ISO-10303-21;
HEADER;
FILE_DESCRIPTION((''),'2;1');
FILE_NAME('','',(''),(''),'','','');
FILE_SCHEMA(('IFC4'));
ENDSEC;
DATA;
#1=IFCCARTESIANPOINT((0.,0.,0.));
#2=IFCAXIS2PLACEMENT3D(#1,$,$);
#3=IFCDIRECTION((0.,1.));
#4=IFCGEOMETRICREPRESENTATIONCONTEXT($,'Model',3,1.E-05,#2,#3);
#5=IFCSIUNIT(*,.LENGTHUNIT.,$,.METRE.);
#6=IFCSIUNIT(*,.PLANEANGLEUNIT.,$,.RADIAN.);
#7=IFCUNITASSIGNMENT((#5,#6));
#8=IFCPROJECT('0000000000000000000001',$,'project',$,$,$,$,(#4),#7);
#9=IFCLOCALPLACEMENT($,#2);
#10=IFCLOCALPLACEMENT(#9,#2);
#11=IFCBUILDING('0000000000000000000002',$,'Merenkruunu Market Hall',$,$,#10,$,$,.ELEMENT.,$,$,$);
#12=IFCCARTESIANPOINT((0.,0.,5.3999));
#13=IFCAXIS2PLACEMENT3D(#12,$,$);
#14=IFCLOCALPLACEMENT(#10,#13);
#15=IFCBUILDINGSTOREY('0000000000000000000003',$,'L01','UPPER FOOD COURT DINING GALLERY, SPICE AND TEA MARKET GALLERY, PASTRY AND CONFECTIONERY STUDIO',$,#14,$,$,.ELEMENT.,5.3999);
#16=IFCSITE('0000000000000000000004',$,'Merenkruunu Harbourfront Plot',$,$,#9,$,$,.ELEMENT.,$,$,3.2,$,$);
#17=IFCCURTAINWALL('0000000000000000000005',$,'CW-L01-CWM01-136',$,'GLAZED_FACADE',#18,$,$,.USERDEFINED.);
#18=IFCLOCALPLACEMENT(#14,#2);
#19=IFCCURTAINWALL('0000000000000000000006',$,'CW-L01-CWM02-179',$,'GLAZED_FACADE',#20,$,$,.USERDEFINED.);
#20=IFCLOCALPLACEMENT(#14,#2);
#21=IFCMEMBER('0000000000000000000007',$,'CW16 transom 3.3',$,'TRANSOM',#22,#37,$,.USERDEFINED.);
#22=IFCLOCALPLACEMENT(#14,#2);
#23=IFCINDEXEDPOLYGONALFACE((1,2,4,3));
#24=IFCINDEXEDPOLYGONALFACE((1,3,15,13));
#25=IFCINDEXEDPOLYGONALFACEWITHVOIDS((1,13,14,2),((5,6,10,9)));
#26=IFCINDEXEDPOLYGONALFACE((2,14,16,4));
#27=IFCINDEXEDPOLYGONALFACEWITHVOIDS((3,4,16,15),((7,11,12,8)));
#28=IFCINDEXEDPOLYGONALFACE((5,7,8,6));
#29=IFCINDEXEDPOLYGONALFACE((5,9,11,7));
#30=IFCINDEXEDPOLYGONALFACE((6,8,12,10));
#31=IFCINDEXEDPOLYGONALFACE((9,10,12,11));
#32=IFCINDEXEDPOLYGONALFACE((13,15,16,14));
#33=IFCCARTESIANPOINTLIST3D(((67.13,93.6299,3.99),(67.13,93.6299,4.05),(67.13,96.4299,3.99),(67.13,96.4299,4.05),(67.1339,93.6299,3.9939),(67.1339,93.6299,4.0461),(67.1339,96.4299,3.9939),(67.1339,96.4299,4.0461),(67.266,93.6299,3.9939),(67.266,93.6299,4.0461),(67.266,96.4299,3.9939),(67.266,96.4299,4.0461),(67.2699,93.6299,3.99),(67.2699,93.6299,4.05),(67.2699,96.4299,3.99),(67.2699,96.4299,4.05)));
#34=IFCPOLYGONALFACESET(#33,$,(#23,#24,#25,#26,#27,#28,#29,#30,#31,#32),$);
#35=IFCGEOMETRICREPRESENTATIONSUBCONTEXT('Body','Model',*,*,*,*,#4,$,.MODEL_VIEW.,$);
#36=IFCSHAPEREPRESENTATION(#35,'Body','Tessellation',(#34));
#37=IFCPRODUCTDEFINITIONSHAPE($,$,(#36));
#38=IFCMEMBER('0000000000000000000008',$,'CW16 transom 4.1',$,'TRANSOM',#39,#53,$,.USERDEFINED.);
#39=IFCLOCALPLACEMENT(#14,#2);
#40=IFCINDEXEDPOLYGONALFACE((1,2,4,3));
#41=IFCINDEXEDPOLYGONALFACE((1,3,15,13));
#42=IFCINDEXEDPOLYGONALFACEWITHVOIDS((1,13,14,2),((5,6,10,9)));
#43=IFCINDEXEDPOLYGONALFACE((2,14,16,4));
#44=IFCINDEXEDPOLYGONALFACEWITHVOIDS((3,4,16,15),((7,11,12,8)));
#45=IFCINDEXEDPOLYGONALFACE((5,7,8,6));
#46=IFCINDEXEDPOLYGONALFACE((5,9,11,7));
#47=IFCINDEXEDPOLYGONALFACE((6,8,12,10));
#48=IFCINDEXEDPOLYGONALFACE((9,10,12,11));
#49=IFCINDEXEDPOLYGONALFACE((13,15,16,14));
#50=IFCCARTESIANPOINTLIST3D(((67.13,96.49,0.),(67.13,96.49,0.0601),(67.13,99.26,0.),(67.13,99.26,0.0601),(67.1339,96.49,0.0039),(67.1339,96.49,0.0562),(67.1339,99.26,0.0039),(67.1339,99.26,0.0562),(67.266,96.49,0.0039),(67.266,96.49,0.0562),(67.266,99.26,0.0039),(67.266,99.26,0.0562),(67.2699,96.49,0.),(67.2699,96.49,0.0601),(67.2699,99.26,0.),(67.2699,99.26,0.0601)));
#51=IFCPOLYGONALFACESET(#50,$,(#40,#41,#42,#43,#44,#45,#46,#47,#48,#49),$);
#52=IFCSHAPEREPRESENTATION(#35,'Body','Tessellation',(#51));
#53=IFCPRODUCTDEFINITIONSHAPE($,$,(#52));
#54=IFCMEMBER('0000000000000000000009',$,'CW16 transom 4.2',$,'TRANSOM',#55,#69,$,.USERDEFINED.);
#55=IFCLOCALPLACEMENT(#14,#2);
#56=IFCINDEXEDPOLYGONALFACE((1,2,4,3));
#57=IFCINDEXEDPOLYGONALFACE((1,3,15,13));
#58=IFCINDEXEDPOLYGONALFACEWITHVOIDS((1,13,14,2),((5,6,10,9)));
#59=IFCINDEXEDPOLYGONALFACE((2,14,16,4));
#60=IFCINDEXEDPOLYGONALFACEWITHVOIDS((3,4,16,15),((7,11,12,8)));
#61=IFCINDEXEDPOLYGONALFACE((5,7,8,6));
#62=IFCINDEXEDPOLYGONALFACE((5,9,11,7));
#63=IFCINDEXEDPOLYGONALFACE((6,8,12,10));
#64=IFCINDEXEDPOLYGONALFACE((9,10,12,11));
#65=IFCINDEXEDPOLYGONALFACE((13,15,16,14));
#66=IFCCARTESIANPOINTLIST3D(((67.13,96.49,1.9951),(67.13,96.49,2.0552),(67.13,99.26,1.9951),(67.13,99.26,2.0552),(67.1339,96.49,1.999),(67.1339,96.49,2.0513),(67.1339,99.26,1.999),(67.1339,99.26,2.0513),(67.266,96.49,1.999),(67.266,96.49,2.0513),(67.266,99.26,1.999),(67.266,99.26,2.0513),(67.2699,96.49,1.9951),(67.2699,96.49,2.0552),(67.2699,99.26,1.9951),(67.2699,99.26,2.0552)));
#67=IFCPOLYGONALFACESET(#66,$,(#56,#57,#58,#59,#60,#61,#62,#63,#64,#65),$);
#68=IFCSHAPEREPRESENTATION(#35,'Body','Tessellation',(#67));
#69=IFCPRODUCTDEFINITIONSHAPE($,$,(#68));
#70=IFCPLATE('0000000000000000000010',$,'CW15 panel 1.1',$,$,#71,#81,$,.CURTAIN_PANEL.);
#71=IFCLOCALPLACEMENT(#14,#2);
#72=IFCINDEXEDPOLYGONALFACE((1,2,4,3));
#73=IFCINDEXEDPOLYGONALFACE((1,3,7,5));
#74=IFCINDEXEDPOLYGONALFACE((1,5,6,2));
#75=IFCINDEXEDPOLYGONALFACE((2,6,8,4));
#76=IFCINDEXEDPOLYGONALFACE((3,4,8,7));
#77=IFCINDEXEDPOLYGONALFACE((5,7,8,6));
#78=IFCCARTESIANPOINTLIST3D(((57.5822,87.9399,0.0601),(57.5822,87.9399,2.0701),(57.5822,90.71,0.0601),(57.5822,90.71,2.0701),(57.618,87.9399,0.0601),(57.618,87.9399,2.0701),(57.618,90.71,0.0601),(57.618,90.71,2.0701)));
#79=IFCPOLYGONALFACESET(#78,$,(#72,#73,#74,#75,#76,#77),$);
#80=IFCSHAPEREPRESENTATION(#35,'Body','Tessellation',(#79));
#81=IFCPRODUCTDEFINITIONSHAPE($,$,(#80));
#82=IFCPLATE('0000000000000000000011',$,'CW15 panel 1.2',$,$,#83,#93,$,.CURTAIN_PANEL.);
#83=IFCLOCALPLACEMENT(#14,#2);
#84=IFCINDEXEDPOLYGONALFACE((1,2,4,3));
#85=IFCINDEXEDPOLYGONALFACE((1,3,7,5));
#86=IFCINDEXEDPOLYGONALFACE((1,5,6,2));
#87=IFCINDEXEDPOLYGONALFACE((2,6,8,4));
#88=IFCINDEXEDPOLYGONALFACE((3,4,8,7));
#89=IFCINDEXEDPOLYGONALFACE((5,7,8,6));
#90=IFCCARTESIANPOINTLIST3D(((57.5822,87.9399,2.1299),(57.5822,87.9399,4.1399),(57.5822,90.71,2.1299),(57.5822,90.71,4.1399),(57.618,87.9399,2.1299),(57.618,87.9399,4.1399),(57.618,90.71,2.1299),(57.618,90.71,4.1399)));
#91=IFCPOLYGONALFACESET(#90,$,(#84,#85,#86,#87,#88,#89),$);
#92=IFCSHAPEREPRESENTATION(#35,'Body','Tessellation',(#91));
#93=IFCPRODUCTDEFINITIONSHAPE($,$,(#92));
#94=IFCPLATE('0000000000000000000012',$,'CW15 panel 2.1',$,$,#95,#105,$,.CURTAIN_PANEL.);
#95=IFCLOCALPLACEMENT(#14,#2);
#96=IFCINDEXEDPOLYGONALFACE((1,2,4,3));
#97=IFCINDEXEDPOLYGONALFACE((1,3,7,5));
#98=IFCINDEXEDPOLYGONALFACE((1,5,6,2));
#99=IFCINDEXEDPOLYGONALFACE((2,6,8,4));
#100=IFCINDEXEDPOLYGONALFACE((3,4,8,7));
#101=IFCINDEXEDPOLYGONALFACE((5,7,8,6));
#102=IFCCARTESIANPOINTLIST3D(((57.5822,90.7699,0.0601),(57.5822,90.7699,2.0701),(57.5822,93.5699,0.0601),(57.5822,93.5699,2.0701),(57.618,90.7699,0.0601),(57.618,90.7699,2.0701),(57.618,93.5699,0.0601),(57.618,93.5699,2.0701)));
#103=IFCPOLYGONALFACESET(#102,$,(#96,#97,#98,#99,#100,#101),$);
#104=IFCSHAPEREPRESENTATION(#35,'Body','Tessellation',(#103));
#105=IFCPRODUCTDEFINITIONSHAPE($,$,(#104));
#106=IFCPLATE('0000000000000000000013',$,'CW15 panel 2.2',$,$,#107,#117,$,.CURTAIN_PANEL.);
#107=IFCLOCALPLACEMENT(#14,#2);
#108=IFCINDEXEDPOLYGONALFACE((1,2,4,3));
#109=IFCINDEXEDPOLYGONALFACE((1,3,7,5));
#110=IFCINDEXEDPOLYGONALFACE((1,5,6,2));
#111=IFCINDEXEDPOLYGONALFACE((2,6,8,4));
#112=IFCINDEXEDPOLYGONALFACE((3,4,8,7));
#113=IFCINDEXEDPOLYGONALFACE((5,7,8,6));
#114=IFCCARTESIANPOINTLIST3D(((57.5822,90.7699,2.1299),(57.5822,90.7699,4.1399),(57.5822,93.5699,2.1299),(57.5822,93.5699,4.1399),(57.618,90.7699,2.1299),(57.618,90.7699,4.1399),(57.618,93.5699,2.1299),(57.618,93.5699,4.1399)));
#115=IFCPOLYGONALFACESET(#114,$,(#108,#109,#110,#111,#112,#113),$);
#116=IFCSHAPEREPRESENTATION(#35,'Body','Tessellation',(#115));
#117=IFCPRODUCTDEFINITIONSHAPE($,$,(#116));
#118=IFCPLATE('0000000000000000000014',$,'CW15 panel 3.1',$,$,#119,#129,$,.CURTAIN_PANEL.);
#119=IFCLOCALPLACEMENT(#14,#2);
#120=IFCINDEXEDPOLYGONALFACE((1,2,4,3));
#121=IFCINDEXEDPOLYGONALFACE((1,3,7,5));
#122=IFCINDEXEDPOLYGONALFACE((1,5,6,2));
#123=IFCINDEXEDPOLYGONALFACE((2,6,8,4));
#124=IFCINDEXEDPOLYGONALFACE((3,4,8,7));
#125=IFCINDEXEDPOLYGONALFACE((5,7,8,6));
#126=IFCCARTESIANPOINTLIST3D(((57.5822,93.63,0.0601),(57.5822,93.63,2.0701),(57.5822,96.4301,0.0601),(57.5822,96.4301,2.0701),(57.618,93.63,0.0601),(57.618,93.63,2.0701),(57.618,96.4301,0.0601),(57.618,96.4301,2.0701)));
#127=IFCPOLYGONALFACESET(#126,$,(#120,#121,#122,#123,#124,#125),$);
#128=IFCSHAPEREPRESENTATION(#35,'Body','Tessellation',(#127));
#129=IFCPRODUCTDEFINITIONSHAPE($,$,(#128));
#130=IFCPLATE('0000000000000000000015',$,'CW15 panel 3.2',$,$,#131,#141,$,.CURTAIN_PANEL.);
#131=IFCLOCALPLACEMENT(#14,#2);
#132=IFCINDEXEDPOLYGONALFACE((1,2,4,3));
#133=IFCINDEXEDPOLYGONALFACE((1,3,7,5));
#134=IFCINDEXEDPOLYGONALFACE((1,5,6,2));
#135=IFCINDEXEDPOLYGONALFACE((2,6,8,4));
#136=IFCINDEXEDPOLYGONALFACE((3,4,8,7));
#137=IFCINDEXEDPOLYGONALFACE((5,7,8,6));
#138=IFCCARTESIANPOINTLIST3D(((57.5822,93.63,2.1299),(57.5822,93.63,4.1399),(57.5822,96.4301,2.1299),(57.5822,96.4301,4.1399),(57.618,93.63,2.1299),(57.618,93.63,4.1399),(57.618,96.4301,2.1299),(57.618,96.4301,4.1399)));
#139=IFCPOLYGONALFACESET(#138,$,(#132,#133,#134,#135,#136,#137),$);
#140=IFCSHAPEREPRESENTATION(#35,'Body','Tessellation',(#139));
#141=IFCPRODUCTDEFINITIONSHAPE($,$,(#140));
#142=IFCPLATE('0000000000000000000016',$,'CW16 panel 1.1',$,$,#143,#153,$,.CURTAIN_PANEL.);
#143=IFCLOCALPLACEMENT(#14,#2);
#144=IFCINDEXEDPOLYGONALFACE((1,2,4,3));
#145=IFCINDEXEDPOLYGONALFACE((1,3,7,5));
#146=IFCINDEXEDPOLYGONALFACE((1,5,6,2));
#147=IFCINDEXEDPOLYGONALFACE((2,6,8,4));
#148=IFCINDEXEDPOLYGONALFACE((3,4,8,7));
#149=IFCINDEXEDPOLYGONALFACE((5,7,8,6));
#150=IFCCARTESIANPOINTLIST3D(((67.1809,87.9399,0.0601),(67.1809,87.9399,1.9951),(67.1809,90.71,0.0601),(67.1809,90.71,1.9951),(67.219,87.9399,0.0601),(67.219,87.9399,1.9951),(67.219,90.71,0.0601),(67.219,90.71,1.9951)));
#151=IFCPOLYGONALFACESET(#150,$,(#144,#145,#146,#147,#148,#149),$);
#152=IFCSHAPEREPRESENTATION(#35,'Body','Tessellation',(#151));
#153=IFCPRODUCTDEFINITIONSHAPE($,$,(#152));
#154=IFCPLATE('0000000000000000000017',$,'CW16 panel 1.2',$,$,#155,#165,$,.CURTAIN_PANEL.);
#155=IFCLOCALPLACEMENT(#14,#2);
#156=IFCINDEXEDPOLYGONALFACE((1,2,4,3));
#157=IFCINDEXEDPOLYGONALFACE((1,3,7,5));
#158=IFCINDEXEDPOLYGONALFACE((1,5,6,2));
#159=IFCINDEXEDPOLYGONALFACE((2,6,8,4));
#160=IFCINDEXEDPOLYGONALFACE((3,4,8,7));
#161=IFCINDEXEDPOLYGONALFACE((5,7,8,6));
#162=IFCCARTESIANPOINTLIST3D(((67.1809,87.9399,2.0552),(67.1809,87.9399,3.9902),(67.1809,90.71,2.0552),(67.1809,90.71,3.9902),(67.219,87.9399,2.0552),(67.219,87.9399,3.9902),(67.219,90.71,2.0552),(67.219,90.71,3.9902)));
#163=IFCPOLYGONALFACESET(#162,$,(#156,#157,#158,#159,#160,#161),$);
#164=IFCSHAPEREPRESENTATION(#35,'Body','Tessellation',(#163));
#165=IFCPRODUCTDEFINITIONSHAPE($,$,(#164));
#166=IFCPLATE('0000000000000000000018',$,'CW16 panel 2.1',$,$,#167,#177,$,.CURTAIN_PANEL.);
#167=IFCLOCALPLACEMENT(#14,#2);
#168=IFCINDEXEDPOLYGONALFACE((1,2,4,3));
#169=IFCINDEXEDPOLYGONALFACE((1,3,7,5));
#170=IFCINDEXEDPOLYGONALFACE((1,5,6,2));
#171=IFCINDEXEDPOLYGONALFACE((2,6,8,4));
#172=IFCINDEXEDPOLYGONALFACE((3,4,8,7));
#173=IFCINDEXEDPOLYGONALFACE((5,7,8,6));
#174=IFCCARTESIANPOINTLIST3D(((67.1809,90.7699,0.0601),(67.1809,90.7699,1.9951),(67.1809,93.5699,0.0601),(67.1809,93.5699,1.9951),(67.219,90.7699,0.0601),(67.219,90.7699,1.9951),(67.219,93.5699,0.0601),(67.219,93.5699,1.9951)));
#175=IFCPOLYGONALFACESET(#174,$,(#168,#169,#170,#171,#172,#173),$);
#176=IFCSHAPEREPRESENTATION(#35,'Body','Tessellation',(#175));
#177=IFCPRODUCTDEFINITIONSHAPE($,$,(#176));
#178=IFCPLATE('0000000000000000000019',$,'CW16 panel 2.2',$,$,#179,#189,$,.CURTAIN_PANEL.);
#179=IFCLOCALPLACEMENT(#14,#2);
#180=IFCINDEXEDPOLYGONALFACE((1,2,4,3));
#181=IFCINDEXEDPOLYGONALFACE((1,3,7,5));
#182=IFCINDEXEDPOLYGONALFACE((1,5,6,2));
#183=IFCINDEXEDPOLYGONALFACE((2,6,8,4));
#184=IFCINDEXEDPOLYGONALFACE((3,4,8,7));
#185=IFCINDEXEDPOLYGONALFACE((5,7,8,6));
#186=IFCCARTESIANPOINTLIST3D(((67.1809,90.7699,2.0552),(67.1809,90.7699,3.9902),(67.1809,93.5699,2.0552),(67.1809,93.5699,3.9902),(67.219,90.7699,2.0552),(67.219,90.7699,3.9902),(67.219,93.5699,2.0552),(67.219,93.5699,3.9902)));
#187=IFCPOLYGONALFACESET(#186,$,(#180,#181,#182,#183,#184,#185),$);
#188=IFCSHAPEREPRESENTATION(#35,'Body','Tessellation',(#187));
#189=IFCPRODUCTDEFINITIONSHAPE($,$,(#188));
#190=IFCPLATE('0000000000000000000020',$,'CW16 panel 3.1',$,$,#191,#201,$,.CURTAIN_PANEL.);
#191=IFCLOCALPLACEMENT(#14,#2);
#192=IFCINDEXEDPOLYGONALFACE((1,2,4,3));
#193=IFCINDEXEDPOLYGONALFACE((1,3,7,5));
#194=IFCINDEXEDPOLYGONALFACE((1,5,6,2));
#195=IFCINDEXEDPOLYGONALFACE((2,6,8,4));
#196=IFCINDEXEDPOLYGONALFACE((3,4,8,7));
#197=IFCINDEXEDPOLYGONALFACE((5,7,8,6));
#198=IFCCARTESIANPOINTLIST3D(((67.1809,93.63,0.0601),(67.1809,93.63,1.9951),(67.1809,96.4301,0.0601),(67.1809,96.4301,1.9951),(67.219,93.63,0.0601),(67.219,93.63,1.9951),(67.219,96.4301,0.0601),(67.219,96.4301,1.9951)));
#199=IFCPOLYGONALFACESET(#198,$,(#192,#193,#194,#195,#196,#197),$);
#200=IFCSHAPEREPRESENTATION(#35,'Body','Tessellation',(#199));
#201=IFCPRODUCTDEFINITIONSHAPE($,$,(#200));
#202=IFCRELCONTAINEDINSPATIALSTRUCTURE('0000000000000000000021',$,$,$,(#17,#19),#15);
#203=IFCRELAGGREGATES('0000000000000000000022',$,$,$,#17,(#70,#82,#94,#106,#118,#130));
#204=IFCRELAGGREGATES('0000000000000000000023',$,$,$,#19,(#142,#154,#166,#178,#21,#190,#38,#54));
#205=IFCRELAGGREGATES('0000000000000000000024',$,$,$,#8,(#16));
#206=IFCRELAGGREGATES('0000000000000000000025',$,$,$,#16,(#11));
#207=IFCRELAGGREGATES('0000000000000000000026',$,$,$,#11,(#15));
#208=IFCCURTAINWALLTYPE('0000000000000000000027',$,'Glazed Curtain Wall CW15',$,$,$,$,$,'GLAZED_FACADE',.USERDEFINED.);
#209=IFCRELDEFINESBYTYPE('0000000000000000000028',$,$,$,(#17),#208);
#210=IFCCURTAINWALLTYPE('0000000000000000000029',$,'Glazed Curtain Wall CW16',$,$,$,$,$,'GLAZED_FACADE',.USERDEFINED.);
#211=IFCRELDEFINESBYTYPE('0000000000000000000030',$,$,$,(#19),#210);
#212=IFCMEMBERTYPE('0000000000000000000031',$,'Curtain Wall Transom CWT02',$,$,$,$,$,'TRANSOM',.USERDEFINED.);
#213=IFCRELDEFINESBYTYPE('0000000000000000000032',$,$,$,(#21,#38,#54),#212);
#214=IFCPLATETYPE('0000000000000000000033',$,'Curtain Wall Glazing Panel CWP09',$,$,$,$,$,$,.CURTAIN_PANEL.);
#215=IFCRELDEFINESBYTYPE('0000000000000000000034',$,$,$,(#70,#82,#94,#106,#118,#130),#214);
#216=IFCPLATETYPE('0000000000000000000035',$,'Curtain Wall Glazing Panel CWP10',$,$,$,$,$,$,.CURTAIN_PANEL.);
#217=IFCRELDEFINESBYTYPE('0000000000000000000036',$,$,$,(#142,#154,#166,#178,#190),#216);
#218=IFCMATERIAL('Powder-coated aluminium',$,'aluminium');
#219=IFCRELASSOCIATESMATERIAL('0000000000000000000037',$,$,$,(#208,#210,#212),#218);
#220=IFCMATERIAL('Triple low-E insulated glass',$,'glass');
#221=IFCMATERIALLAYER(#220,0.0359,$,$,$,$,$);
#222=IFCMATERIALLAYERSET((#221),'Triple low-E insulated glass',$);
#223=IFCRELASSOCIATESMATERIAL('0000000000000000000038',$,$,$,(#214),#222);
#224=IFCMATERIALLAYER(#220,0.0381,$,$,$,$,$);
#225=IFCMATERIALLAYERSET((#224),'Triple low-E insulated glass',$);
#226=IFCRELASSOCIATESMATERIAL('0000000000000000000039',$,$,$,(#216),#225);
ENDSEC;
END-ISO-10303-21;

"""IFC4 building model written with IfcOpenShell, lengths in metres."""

from ifc_helpers import new_model, si_unit, direction, frame, origin, origin_2d, place, context, subcontext, project, spatial, rectangle, hollow_rectangle, extrude, material, layer, layer_set, material_profile, profile_set, type_object, element, aggregate, save


model = new_model("IFC4")

# Units and contexts
model_context = context("Model", 3, precision=1e-05, world=origin(), true_north=direction((0.0, 1.0)))
body_context = subcontext(model_context, "Body", "Model", "MODEL_VIEW")
ifc_project = project(units=[si_unit("LENGTHUNIT", "METRE"), si_unit("PLANEANGLEUNIT", "RADIAN")], contexts=[model_context])

# Site, building, storey
site_placement = place(None, origin())
site = spatial("IfcSite", under=ifc_project, at=site_placement, Name="Merenkruunu Harbourfront Plot", CompositionType="ELEMENT", RefElevation=3.2)
building_placement = place(site_placement, origin())
building = spatial("IfcBuilding", under=site, at=building_placement, Name="Merenkruunu Market Hall", CompositionType="ELEMENT")
storey_placement = place(building_placement, frame((0.0, 0.0, 5.3999)))
storey = spatial("IfcBuildingStorey", under=building, at=storey_placement, Name="L01", Description="UPPER FOOD COURT DINING GALLERY, SPICE AND TEA MARKET GALLERY, PASTRY AND CONFECTIONERY STUDIO", CompositionType="ELEMENT", Elevation=5.3999)

# Curtain walls
ifc_material_1 = material(Name="Powder-coated aluminium", Category="aluminium")
curtain_wall_type_1 = type_object("IfcCurtainWallType", Name="Glazed Curtain Wall CW15", ElementType="GLAZED_FACADE", PredefinedType="USERDEFINED", material=ifc_material_1)
curtain_wall_1_placement = place(storey_placement, origin())
curtain_wall_1 = element("IfcCurtainWall", 1, at=curtain_wall_1_placement, inside=storey, type_object=curtain_wall_type_1, Name="CW-L01-CWM01-136", ObjectType="GLAZED_FACADE", PredefinedType="USERDEFINED")
curtain_wall_type_2 = type_object("IfcCurtainWallType", Name="Glazed Curtain Wall CW16", ElementType="GLAZED_FACADE", PredefinedType="USERDEFINED", material=ifc_material_1)
curtain_wall_2_placement = place(storey_placement, origin())
curtain_wall_2 = element("IfcCurtainWall", 2, at=curtain_wall_2_placement, inside=storey, type_object=curtain_wall_type_2, Name="CW-L01-CWM02-179", ObjectType="GLAZED_FACADE", PredefinedType="USERDEFINED")

# Members
ifc_material_profile_1 = material_profile(ifc_material_1, hollow_rectangle(XDim=0.0601, YDim=0.1399, WallThickness=0.0039, at=origin_2d()), Name="ALU 60x140x4")
ifc_profile_set_1 = profile_set([ifc_material_profile_1], Name="Powder-coated aluminium")
member_type_1 = type_object("IfcMemberType", Name="Curtain Wall Transom CWT02", ElementType="TRANSOM", PredefinedType="USERDEFINED", material=ifc_profile_set_1)
member_1_placement = place(storey_placement, frame((67.2, 93.6299, 4.02), z_axis=(0.0, 1.0, 0.0), x_axis=(0.0, 0.0, 1.0)))
member_1 = element("IfcMember", 3, at=member_1_placement, type_object=member_type_1, Name="CW16 transom 3.3", ObjectType="TRANSOM", PredefinedType="USERDEFINED", context=body_context, shape_type="SweptSolid", body=[
    extrude(hollow_rectangle(XDim=0.0601, YDim=0.1399, WallThickness=0.0039, at=origin_2d()), origin(), (0.0, 0.0, 1.0), 2.8),
])
member_2_placement = place(storey_placement, frame((67.2, 96.49, 0.03), z_axis=(0.0, 1.0, 0.0), x_axis=(0.0, 0.0, 1.0)))
member_2 = element("IfcMember", 4, at=member_2_placement, type_object=member_type_1, Name="CW16 transom 4.1", ObjectType="TRANSOM", PredefinedType="USERDEFINED", context=body_context, shape_type="SweptSolid", body=[
    extrude(hollow_rectangle(XDim=0.0601, YDim=0.1399, WallThickness=0.0039, at=origin_2d()), origin(), (0.0, 0.0, 1.0), 2.77),
])
member_3_placement = place(storey_placement, frame((67.2, 96.49, 2.0251), z_axis=(0.0, 1.0, 0.0), x_axis=(0.0, 0.0, 1.0)))
member_3 = element("IfcMember", 5, at=member_3_placement, type_object=member_type_1, Name="CW16 transom 4.2", ObjectType="TRANSOM", PredefinedType="USERDEFINED", context=body_context, shape_type="SweptSolid", body=[
    extrude(hollow_rectangle(XDim=0.0601, YDim=0.1399, WallThickness=0.0039, at=origin_2d()), origin(), (0.0, 0.0, 1.0), 2.77),
])

# Plates
ifc_material_2 = material(Name="Triple low-E insulated glass", Category="glass")
ifc_layer_1 = layer(ifc_material_2, 0.0359)
ifc_layer_set_1 = layer_set([ifc_layer_1], Name="Triple low-E insulated glass")
plate_type_1 = type_object("IfcPlateType", Name="Curtain Wall Glazing Panel CWP09", PredefinedType="CURTAIN_PANEL", material=ifc_layer_set_1)
plate_1_placement = place(storey_placement, frame((57.6001, 89.325, 0.0601), z_axis=(0.0, 0.0, 1.0), x_axis=(0.0, 1.0, 0.0)))
plate_1 = element("IfcPlate", 6, at=plate_1_placement, type_object=plate_type_1, Name="CW15 panel 1.1", PredefinedType="CURTAIN_PANEL", context=body_context, shape_type="SweptSolid", body=[
    extrude(rectangle(XDim=2.77, YDim=0.0359, at=origin_2d()), origin(), (0.0, 0.0, 1.0), 2.01),
])
plate_2_placement = place(storey_placement, frame((57.6001, 89.325, 2.1299), z_axis=(0.0, 0.0, 1.0), x_axis=(0.0, 1.0, 0.0)))
plate_2 = element("IfcPlate", 7, at=plate_2_placement, type_object=plate_type_1, Name="CW15 panel 1.2", PredefinedType="CURTAIN_PANEL", context=body_context, shape_type="SweptSolid", body=[
    extrude(rectangle(XDim=2.77, YDim=0.0359, at=origin_2d()), origin(), (0.0, 0.0, 1.0), 2.01),
])
plate_3_placement = place(storey_placement, frame((57.6001, 92.1699, 0.0601), z_axis=(0.0, 0.0, 1.0), x_axis=(0.0, 1.0, 0.0)))
plate_3 = element("IfcPlate", 8, at=plate_3_placement, type_object=plate_type_1, Name="CW15 panel 2.1", PredefinedType="CURTAIN_PANEL", context=body_context, shape_type="SweptSolid", body=[
    extrude(rectangle(XDim=2.8, YDim=0.0359, at=origin_2d()), origin(), (0.0, 0.0, 1.0), 2.01),
])
plate_4_placement = place(storey_placement, frame((57.6001, 92.1699, 2.1299), z_axis=(0.0, 0.0, 1.0), x_axis=(0.0, 1.0, 0.0)))
plate_4 = element("IfcPlate", 9, at=plate_4_placement, type_object=plate_type_1, Name="CW15 panel 2.2", PredefinedType="CURTAIN_PANEL", context=body_context, shape_type="SweptSolid", body=[
    extrude(rectangle(XDim=2.8, YDim=0.0359, at=origin_2d()), origin(), (0.0, 0.0, 1.0), 2.01),
])
plate_5_placement = place(storey_placement, frame((57.6001, 95.03, 0.0601), z_axis=(0.0, 0.0, 1.0), x_axis=(0.0, 1.0, 0.0)))
plate_5 = element("IfcPlate", 10, at=plate_5_placement, type_object=plate_type_1, Name="CW15 panel 3.1", PredefinedType="CURTAIN_PANEL", context=body_context, shape_type="SweptSolid", body=[
    extrude(rectangle(XDim=2.8, YDim=0.0359, at=origin_2d()), origin(), (0.0, 0.0, 1.0), 2.01),
])
plate_6_placement = place(storey_placement, frame((57.6001, 95.03, 2.1299), z_axis=(0.0, 0.0, 1.0), x_axis=(0.0, 1.0, 0.0)))
plate_6 = element("IfcPlate", 11, at=plate_6_placement, type_object=plate_type_1, Name="CW15 panel 3.2", PredefinedType="CURTAIN_PANEL", context=body_context, shape_type="SweptSolid", body=[
    extrude(rectangle(XDim=2.8, YDim=0.0359, at=origin_2d()), origin(), (0.0, 0.0, 1.0), 2.01),
])
aggregate(curtain_wall_1, [plate_1, plate_2, plate_3, plate_4, plate_5, plate_6])
ifc_layer_2 = layer(ifc_material_2, 0.0381)
ifc_layer_set_2 = layer_set([ifc_layer_2], Name="Triple low-E insulated glass")
plate_type_2 = type_object("IfcPlateType", Name="Curtain Wall Glazing Panel CWP10", PredefinedType="CURTAIN_PANEL", material=ifc_layer_set_2)
plate_7_placement = place(storey_placement, frame((67.2, 89.325, 0.0601), z_axis=(0.0, 0.0, 1.0), x_axis=(0.0, 1.0, 0.0)))
plate_7 = element("IfcPlate", 12, at=plate_7_placement, type_object=plate_type_2, Name="CW16 panel 1.1", PredefinedType="CURTAIN_PANEL", context=body_context, shape_type="SweptSolid", body=[
    extrude(rectangle(XDim=2.77, YDim=0.0381, at=origin_2d()), origin(), (0.0, 0.0, 1.0), 1.9351),
])
plate_8_placement = place(storey_placement, frame((67.2, 89.325, 2.0552), z_axis=(0.0, 0.0, 1.0), x_axis=(0.0, 1.0, 0.0)))
plate_8 = element("IfcPlate", 13, at=plate_8_placement, type_object=plate_type_2, Name="CW16 panel 1.2", PredefinedType="CURTAIN_PANEL", context=body_context, shape_type="SweptSolid", body=[
    extrude(rectangle(XDim=2.77, YDim=0.0381, at=origin_2d()), origin(), (0.0, 0.0, 1.0), 1.9351),
])
plate_9_placement = place(storey_placement, frame((67.2, 92.1699, 0.0601), z_axis=(0.0, 0.0, 1.0), x_axis=(0.0, 1.0, 0.0)))
plate_9 = element("IfcPlate", 14, at=plate_9_placement, type_object=plate_type_2, Name="CW16 panel 2.1", PredefinedType="CURTAIN_PANEL", context=body_context, shape_type="SweptSolid", body=[
    extrude(rectangle(XDim=2.8, YDim=0.0381, at=origin_2d()), origin(), (0.0, 0.0, 1.0), 1.9351),
])
plate_10_placement = place(storey_placement, frame((67.2, 92.1699, 2.0552), z_axis=(0.0, 0.0, 1.0), x_axis=(0.0, 1.0, 0.0)))
plate_10 = element("IfcPlate", 15, at=plate_10_placement, type_object=plate_type_2, Name="CW16 panel 2.2", PredefinedType="CURTAIN_PANEL", context=body_context, shape_type="SweptSolid", body=[
    extrude(rectangle(XDim=2.8, YDim=0.0381, at=origin_2d()), origin(), (0.0, 0.0, 1.0), 1.9351),
])
plate_11_placement = place(storey_placement, frame((67.2, 95.03, 0.0601), z_axis=(0.0, 0.0, 1.0), x_axis=(0.0, 1.0, 0.0)))
plate_11 = element("IfcPlate", 16, at=plate_11_placement, type_object=plate_type_2, Name="CW16 panel 3.1", PredefinedType="CURTAIN_PANEL", context=body_context, shape_type="SweptSolid", body=[
    extrude(rectangle(XDim=2.8, YDim=0.0381, at=origin_2d()), origin(), (0.0, 0.0, 1.0), 1.9351),
])
aggregate(curtain_wall_2, [plate_7, plate_8, plate_9, plate_10, member_1, plate_11, member_2, member_3])

save(model, "model.ifc")
